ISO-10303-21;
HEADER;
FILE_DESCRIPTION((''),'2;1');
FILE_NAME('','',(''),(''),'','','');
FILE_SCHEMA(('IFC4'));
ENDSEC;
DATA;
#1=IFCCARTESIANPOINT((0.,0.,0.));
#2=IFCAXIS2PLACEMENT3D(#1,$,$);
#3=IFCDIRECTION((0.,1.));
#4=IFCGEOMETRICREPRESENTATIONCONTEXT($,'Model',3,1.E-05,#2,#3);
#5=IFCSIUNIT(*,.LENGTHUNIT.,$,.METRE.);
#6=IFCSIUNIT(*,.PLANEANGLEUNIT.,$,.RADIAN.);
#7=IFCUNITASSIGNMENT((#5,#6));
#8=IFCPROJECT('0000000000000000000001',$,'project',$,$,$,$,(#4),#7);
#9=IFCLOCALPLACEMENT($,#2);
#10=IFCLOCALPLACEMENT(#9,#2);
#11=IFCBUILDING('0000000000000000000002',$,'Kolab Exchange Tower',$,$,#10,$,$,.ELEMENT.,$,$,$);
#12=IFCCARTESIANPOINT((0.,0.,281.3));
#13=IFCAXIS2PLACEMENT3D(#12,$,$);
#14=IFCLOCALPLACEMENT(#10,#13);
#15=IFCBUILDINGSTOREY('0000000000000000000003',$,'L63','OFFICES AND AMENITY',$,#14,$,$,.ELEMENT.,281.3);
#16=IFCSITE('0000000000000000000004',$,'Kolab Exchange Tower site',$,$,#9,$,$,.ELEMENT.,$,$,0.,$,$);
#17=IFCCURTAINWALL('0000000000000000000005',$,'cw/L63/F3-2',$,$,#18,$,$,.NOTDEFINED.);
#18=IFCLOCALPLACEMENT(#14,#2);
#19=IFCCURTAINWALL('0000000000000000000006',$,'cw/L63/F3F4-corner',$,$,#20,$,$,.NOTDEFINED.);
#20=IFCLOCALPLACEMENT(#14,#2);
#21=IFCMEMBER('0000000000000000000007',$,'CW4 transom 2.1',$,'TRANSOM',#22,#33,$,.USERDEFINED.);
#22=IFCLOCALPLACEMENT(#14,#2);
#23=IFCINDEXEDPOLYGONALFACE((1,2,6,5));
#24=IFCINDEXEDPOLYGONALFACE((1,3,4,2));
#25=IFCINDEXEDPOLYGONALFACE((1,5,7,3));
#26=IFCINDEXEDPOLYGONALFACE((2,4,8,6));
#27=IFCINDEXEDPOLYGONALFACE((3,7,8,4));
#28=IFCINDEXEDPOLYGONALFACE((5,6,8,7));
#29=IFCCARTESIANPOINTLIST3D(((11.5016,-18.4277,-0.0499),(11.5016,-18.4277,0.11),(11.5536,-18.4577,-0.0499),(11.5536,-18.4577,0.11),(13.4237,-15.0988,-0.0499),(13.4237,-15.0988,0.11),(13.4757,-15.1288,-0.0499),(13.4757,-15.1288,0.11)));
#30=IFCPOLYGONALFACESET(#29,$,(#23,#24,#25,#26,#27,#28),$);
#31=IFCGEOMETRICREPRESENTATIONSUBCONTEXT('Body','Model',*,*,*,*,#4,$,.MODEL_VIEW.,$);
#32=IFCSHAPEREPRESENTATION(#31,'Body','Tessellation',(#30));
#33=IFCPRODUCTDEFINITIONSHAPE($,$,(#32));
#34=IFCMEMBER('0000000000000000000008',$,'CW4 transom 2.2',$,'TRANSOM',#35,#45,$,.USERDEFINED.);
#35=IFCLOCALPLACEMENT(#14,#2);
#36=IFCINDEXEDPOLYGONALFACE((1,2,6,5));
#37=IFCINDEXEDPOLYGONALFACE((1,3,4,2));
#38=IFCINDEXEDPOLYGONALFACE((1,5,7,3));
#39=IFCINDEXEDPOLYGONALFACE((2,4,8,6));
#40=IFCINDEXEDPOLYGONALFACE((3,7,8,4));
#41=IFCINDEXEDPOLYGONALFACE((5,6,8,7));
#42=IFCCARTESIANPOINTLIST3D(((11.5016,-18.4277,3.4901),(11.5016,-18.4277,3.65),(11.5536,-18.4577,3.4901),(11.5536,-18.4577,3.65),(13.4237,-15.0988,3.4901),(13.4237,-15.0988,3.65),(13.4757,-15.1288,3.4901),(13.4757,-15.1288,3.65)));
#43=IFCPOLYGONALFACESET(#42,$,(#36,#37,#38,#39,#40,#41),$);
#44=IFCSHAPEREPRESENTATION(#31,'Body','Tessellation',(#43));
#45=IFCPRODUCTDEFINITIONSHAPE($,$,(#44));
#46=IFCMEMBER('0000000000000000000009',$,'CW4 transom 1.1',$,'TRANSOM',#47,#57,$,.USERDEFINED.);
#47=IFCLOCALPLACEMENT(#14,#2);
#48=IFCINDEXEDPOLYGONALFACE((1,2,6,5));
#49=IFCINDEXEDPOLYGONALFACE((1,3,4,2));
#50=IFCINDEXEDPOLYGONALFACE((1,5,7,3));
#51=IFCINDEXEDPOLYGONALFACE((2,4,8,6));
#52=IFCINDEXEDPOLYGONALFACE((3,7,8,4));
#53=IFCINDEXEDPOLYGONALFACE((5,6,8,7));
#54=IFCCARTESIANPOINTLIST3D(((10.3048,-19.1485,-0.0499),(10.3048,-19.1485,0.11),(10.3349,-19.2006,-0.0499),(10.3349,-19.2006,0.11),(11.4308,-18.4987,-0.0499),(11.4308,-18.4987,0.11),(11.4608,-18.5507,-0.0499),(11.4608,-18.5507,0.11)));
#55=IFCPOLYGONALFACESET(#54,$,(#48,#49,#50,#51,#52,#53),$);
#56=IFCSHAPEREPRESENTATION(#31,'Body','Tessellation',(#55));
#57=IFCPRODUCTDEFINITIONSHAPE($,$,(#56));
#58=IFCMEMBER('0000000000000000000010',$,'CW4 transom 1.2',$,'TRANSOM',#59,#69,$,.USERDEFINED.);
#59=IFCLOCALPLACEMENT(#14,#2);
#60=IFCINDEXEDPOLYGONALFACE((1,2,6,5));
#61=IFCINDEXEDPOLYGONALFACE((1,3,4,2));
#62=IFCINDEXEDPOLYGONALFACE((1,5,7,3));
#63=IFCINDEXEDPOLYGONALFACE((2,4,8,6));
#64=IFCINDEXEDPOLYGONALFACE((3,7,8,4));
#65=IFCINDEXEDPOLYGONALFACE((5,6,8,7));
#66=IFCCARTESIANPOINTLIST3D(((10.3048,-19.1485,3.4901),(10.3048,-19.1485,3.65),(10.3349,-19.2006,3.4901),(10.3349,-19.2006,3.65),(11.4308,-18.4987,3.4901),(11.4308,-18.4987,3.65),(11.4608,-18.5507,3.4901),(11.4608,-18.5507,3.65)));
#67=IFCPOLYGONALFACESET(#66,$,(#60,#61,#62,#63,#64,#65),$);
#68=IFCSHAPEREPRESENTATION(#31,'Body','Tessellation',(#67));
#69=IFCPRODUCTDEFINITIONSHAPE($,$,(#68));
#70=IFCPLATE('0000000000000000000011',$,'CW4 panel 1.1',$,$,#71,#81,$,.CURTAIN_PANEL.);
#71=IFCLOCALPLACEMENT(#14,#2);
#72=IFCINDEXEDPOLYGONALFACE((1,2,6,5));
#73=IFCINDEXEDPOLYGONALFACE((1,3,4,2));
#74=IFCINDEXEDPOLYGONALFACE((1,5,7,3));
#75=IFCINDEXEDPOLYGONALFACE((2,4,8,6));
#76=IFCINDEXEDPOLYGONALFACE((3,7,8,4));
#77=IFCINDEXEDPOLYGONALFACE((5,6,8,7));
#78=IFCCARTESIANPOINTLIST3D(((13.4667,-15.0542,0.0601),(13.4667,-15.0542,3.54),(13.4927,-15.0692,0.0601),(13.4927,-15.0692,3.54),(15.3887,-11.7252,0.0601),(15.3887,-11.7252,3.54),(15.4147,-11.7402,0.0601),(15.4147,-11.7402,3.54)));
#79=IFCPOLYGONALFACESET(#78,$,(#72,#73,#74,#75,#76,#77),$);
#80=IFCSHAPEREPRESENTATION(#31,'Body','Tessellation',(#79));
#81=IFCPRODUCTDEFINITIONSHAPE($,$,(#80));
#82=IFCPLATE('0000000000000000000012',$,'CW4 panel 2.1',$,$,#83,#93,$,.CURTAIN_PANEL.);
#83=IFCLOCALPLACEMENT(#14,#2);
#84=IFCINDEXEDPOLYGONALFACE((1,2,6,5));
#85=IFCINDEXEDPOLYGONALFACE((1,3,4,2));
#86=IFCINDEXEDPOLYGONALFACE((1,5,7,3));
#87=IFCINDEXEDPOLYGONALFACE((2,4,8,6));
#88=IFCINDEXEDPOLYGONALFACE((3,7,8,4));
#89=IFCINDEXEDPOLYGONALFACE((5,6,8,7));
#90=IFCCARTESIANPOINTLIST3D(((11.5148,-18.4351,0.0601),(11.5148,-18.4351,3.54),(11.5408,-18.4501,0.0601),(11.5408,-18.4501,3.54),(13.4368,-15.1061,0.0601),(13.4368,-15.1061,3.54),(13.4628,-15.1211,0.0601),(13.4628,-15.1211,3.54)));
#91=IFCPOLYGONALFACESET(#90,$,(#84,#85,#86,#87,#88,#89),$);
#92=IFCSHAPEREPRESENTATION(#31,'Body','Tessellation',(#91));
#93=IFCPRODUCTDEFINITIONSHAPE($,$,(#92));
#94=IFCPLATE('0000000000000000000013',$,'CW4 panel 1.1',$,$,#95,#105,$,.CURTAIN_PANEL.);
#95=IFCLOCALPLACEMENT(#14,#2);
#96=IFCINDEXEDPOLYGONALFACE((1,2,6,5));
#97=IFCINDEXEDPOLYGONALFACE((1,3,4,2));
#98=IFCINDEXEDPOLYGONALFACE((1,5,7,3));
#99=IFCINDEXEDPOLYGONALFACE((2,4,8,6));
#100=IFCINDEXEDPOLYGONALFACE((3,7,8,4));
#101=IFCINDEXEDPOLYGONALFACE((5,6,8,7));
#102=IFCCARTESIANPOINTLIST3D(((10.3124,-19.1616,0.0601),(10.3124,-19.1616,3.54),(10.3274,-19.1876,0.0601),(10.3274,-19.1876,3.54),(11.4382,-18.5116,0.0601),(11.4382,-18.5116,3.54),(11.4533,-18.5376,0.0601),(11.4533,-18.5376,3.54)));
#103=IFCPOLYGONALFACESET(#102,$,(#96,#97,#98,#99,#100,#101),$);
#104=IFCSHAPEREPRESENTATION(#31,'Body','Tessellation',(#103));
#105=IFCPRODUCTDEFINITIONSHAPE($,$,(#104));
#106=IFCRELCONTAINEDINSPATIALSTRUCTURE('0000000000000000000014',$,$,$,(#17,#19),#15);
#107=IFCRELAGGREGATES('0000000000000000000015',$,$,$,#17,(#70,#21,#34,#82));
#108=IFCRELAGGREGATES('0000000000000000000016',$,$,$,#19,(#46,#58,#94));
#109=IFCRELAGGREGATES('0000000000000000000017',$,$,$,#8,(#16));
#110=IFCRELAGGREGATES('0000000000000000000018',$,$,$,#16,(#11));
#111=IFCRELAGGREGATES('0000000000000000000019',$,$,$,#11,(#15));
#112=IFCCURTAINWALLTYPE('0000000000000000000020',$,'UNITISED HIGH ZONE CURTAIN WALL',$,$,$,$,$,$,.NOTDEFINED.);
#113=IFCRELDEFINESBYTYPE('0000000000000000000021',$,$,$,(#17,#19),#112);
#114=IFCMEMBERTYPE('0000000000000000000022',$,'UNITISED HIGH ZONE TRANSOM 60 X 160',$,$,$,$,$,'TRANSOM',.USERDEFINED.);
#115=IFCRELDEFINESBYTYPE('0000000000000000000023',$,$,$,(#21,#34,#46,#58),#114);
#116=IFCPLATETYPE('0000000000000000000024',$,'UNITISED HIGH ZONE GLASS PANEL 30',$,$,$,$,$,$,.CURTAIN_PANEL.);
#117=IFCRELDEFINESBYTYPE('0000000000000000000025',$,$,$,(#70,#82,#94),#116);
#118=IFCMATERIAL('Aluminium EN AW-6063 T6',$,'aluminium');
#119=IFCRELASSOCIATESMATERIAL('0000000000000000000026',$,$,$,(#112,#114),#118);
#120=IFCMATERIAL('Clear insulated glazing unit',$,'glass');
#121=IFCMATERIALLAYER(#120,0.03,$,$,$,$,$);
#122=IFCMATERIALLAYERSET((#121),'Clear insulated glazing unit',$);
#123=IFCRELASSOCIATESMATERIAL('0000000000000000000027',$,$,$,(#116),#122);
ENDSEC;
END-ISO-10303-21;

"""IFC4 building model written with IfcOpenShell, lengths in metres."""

from ifc_helpers import new_model, si_unit, direction, frame, origin, origin_2d, place, context, subcontext, project, spatial, rectangle, extrude, material, layer, layer_set, material_profile, profile_set, type_object, element, aggregate, save


model = new_model("IFC4")

# Units and contexts
model_context = context("Model", 3, precision=1e-05, world=origin(), true_north=direction((0.0, 1.0)))
body_context = subcontext(model_context, "Body", "Model", "MODEL_VIEW")
ifc_project = project(units=[si_unit("LENGTHUNIT", "METRE"), si_unit("PLANEANGLEUNIT", "RADIAN")], contexts=[model_context])

# Site, building, storey
site_placement = place(None, origin())
site = spatial("IfcSite", under=ifc_project, at=site_placement, Name="Kolab Exchange Tower site", CompositionType="ELEMENT", RefElevation=0.0)
building_placement = place(site_placement, origin())
building = spatial("IfcBuilding", under=site, at=building_placement, Name="Kolab Exchange Tower", CompositionType="ELEMENT")
storey_placement = place(building_placement, frame((0.0, 0.0, 281.3)))
storey = spatial("IfcBuildingStorey", under=building, at=storey_placement, Name="L63", Description="OFFICES AND AMENITY", CompositionType="ELEMENT", Elevation=281.3)

# Curtain wall
ifc_material_1 = material(Name="Aluminium EN AW-6063 T6", Category="aluminium")
curtain_wall_type = type_object("IfcCurtainWallType", Name="UNITISED HIGH ZONE CURTAIN WALL", PredefinedType="NOTDEFINED", material=ifc_material_1)
curtain_wall_1_placement = place(storey_placement, origin())
curtain_wall_1 = element("IfcCurtainWall", 1, at=curtain_wall_1_placement, inside=storey, type_object=curtain_wall_type, Name="cw/L63/F3-2", PredefinedType="NOTDEFINED")

# Curtain wall
curtain_wall_2_placement = place(storey_placement, origin())
curtain_wall_2 = element("IfcCurtainWall", 2, at=curtain_wall_2_placement, inside=storey, type_object=curtain_wall_type, Name="cw/L63/F3F4-corner", PredefinedType="NOTDEFINED")

# Members
ifc_material_profile_1 = material_profile(ifc_material_1, rectangle(XDim=0.0601, YDim=0.1599, at=origin_2d()), Name="RECT 60X160")
ifc_profile_set_1 = profile_set([ifc_material_profile_1], Name="Aluminium EN AW-6063 T6")
member_type_1 = type_object("IfcMemberType", Name="UNITISED HIGH ZONE TRANSOM 60 X 160", ElementType="TRANSOM", PredefinedType="USERDEFINED", material=ifc_profile_set_1)
member_1_placement = place(storey_placement, frame((13.4497, -15.1138, 0.03), z_axis=(-0.500039, -0.866003, 0.0), x_axis=(0.866003, -0.500039, 0.0)))
member_1 = element("IfcMember", 3, at=member_1_placement, type_object=member_type_1, Name="CW4 transom 2.1", ObjectType="TRANSOM", PredefinedType="USERDEFINED", context=body_context, shape_type="SweptSolid", body=[
    extrude(rectangle(XDim=0.0601, YDim=0.1599, at=origin_2d()), origin(), (0.0, 0.0, 1.0), 3.844),
])
member_2_placement = place(storey_placement, frame((13.4497, -15.1138, 3.5701), z_axis=(-0.500039, -0.866003, 0.0), x_axis=(0.866003, -0.500039, 0.0)))
member_2 = element("IfcMember", 4, at=member_2_placement, type_object=member_type_1, Name="CW4 transom 2.2", ObjectType="TRANSOM", PredefinedType="USERDEFINED", context=body_context, shape_type="SweptSolid", body=[
    extrude(rectangle(XDim=0.0601, YDim=0.1599, at=origin_2d()), origin(), (0.0, 0.0, 1.0), 3.844),
])
member_3_placement = place(storey_placement, frame((11.4458, -18.5247, 0.03), z_axis=(-0.866086, -0.499896, 0.0), x_axis=(0.499896, -0.866086, 0.0)))
member_3 = element("IfcMember", 5, at=member_3_placement, type_object=member_type_1, Name="CW4 transom 1.1", ObjectType="TRANSOM", PredefinedType="USERDEFINED", context=body_context, shape_type="SweptSolid", body=[
    extrude(rectangle(XDim=0.0601, YDim=0.1599, at=origin_2d()), origin(), (0.0, 0.0, 1.0), 1.3),
])
member_4_placement = place(storey_placement, frame((11.4458, -18.5247, 3.5701), z_axis=(-0.866086, -0.499896, 0.0), x_axis=(0.499896, -0.866086, 0.0)))
member_4 = element("IfcMember", 6, at=member_4_placement, type_object=member_type_1, Name="CW4 transom 1.2", ObjectType="TRANSOM", PredefinedType="USERDEFINED", context=body_context, shape_type="SweptSolid", body=[
    extrude(rectangle(XDim=0.0601, YDim=0.1599, at=origin_2d()), origin(), (0.0, 0.0, 1.0), 1.3),
])

# Plates
ifc_material_2 = material(Name="Clear insulated glazing unit", Category="glass")
ifc_layer = layer(ifc_material_2, 0.03)
ifc_layer_set = layer_set([ifc_layer], Name="Clear insulated glazing unit")
plate_type = type_object("IfcPlateType", Name="UNITISED HIGH ZONE GLASS PANEL 30", PredefinedType="CURTAIN_PANEL", material=ifc_layer_set)
plate_1_placement = place(storey_placement, frame((14.4407, -13.3972, 0.0601), z_axis=(0.0, 0.0, 1.0), x_axis=(-0.5, -0.866025, 0.0)))
plate_1 = element("IfcPlate", 7, at=plate_1_placement, type_object=plate_type, Name="CW4 panel 1.1", PredefinedType="CURTAIN_PANEL", context=body_context, shape_type="SweptSolid", body=[
    extrude(rectangle(XDim=3.844, YDim=0.03, at=origin_2d()), origin(), (0.0, 0.0, 1.0), 3.48),
])
plate_2_placement = place(storey_placement, frame((12.4888, -16.7781, 0.0601), z_axis=(0.0, 0.0, 1.0), x_axis=(-0.5, -0.866025, 0.0)))
plate_2 = element("IfcPlate", 8, at=plate_2_placement, type_object=plate_type, Name="CW4 panel 2.1", PredefinedType="CURTAIN_PANEL", context=body_context, shape_type="SweptSolid", body=[
    extrude(rectangle(XDim=3.844, YDim=0.03, at=origin_2d()), origin(), (0.0, 0.0, 1.0), 3.48),
])
aggregate(curtain_wall_1, [plate_1, member_1, member_2, plate_2])
plate_3_placement = place(storey_placement, frame((10.8828, -18.8496, 0.0601), z_axis=(0.0, 0.0, 1.0), x_axis=(-0.866025, -0.5, 0.0)))
plate_3 = element("IfcPlate", 9, at=plate_3_placement, type_object=plate_type, Name="CW4 panel 1.1", PredefinedType="CURTAIN_PANEL", context=body_context, shape_type="SweptSolid", body=[
    extrude(rectangle(XDim=1.3, YDim=0.03, at=origin_2d()), origin(), (0.0, 0.0, 1.0), 3.48),
])
aggregate(curtain_wall_2, [member_3, member_4, plate_3])

save(model, "model.ifc")
